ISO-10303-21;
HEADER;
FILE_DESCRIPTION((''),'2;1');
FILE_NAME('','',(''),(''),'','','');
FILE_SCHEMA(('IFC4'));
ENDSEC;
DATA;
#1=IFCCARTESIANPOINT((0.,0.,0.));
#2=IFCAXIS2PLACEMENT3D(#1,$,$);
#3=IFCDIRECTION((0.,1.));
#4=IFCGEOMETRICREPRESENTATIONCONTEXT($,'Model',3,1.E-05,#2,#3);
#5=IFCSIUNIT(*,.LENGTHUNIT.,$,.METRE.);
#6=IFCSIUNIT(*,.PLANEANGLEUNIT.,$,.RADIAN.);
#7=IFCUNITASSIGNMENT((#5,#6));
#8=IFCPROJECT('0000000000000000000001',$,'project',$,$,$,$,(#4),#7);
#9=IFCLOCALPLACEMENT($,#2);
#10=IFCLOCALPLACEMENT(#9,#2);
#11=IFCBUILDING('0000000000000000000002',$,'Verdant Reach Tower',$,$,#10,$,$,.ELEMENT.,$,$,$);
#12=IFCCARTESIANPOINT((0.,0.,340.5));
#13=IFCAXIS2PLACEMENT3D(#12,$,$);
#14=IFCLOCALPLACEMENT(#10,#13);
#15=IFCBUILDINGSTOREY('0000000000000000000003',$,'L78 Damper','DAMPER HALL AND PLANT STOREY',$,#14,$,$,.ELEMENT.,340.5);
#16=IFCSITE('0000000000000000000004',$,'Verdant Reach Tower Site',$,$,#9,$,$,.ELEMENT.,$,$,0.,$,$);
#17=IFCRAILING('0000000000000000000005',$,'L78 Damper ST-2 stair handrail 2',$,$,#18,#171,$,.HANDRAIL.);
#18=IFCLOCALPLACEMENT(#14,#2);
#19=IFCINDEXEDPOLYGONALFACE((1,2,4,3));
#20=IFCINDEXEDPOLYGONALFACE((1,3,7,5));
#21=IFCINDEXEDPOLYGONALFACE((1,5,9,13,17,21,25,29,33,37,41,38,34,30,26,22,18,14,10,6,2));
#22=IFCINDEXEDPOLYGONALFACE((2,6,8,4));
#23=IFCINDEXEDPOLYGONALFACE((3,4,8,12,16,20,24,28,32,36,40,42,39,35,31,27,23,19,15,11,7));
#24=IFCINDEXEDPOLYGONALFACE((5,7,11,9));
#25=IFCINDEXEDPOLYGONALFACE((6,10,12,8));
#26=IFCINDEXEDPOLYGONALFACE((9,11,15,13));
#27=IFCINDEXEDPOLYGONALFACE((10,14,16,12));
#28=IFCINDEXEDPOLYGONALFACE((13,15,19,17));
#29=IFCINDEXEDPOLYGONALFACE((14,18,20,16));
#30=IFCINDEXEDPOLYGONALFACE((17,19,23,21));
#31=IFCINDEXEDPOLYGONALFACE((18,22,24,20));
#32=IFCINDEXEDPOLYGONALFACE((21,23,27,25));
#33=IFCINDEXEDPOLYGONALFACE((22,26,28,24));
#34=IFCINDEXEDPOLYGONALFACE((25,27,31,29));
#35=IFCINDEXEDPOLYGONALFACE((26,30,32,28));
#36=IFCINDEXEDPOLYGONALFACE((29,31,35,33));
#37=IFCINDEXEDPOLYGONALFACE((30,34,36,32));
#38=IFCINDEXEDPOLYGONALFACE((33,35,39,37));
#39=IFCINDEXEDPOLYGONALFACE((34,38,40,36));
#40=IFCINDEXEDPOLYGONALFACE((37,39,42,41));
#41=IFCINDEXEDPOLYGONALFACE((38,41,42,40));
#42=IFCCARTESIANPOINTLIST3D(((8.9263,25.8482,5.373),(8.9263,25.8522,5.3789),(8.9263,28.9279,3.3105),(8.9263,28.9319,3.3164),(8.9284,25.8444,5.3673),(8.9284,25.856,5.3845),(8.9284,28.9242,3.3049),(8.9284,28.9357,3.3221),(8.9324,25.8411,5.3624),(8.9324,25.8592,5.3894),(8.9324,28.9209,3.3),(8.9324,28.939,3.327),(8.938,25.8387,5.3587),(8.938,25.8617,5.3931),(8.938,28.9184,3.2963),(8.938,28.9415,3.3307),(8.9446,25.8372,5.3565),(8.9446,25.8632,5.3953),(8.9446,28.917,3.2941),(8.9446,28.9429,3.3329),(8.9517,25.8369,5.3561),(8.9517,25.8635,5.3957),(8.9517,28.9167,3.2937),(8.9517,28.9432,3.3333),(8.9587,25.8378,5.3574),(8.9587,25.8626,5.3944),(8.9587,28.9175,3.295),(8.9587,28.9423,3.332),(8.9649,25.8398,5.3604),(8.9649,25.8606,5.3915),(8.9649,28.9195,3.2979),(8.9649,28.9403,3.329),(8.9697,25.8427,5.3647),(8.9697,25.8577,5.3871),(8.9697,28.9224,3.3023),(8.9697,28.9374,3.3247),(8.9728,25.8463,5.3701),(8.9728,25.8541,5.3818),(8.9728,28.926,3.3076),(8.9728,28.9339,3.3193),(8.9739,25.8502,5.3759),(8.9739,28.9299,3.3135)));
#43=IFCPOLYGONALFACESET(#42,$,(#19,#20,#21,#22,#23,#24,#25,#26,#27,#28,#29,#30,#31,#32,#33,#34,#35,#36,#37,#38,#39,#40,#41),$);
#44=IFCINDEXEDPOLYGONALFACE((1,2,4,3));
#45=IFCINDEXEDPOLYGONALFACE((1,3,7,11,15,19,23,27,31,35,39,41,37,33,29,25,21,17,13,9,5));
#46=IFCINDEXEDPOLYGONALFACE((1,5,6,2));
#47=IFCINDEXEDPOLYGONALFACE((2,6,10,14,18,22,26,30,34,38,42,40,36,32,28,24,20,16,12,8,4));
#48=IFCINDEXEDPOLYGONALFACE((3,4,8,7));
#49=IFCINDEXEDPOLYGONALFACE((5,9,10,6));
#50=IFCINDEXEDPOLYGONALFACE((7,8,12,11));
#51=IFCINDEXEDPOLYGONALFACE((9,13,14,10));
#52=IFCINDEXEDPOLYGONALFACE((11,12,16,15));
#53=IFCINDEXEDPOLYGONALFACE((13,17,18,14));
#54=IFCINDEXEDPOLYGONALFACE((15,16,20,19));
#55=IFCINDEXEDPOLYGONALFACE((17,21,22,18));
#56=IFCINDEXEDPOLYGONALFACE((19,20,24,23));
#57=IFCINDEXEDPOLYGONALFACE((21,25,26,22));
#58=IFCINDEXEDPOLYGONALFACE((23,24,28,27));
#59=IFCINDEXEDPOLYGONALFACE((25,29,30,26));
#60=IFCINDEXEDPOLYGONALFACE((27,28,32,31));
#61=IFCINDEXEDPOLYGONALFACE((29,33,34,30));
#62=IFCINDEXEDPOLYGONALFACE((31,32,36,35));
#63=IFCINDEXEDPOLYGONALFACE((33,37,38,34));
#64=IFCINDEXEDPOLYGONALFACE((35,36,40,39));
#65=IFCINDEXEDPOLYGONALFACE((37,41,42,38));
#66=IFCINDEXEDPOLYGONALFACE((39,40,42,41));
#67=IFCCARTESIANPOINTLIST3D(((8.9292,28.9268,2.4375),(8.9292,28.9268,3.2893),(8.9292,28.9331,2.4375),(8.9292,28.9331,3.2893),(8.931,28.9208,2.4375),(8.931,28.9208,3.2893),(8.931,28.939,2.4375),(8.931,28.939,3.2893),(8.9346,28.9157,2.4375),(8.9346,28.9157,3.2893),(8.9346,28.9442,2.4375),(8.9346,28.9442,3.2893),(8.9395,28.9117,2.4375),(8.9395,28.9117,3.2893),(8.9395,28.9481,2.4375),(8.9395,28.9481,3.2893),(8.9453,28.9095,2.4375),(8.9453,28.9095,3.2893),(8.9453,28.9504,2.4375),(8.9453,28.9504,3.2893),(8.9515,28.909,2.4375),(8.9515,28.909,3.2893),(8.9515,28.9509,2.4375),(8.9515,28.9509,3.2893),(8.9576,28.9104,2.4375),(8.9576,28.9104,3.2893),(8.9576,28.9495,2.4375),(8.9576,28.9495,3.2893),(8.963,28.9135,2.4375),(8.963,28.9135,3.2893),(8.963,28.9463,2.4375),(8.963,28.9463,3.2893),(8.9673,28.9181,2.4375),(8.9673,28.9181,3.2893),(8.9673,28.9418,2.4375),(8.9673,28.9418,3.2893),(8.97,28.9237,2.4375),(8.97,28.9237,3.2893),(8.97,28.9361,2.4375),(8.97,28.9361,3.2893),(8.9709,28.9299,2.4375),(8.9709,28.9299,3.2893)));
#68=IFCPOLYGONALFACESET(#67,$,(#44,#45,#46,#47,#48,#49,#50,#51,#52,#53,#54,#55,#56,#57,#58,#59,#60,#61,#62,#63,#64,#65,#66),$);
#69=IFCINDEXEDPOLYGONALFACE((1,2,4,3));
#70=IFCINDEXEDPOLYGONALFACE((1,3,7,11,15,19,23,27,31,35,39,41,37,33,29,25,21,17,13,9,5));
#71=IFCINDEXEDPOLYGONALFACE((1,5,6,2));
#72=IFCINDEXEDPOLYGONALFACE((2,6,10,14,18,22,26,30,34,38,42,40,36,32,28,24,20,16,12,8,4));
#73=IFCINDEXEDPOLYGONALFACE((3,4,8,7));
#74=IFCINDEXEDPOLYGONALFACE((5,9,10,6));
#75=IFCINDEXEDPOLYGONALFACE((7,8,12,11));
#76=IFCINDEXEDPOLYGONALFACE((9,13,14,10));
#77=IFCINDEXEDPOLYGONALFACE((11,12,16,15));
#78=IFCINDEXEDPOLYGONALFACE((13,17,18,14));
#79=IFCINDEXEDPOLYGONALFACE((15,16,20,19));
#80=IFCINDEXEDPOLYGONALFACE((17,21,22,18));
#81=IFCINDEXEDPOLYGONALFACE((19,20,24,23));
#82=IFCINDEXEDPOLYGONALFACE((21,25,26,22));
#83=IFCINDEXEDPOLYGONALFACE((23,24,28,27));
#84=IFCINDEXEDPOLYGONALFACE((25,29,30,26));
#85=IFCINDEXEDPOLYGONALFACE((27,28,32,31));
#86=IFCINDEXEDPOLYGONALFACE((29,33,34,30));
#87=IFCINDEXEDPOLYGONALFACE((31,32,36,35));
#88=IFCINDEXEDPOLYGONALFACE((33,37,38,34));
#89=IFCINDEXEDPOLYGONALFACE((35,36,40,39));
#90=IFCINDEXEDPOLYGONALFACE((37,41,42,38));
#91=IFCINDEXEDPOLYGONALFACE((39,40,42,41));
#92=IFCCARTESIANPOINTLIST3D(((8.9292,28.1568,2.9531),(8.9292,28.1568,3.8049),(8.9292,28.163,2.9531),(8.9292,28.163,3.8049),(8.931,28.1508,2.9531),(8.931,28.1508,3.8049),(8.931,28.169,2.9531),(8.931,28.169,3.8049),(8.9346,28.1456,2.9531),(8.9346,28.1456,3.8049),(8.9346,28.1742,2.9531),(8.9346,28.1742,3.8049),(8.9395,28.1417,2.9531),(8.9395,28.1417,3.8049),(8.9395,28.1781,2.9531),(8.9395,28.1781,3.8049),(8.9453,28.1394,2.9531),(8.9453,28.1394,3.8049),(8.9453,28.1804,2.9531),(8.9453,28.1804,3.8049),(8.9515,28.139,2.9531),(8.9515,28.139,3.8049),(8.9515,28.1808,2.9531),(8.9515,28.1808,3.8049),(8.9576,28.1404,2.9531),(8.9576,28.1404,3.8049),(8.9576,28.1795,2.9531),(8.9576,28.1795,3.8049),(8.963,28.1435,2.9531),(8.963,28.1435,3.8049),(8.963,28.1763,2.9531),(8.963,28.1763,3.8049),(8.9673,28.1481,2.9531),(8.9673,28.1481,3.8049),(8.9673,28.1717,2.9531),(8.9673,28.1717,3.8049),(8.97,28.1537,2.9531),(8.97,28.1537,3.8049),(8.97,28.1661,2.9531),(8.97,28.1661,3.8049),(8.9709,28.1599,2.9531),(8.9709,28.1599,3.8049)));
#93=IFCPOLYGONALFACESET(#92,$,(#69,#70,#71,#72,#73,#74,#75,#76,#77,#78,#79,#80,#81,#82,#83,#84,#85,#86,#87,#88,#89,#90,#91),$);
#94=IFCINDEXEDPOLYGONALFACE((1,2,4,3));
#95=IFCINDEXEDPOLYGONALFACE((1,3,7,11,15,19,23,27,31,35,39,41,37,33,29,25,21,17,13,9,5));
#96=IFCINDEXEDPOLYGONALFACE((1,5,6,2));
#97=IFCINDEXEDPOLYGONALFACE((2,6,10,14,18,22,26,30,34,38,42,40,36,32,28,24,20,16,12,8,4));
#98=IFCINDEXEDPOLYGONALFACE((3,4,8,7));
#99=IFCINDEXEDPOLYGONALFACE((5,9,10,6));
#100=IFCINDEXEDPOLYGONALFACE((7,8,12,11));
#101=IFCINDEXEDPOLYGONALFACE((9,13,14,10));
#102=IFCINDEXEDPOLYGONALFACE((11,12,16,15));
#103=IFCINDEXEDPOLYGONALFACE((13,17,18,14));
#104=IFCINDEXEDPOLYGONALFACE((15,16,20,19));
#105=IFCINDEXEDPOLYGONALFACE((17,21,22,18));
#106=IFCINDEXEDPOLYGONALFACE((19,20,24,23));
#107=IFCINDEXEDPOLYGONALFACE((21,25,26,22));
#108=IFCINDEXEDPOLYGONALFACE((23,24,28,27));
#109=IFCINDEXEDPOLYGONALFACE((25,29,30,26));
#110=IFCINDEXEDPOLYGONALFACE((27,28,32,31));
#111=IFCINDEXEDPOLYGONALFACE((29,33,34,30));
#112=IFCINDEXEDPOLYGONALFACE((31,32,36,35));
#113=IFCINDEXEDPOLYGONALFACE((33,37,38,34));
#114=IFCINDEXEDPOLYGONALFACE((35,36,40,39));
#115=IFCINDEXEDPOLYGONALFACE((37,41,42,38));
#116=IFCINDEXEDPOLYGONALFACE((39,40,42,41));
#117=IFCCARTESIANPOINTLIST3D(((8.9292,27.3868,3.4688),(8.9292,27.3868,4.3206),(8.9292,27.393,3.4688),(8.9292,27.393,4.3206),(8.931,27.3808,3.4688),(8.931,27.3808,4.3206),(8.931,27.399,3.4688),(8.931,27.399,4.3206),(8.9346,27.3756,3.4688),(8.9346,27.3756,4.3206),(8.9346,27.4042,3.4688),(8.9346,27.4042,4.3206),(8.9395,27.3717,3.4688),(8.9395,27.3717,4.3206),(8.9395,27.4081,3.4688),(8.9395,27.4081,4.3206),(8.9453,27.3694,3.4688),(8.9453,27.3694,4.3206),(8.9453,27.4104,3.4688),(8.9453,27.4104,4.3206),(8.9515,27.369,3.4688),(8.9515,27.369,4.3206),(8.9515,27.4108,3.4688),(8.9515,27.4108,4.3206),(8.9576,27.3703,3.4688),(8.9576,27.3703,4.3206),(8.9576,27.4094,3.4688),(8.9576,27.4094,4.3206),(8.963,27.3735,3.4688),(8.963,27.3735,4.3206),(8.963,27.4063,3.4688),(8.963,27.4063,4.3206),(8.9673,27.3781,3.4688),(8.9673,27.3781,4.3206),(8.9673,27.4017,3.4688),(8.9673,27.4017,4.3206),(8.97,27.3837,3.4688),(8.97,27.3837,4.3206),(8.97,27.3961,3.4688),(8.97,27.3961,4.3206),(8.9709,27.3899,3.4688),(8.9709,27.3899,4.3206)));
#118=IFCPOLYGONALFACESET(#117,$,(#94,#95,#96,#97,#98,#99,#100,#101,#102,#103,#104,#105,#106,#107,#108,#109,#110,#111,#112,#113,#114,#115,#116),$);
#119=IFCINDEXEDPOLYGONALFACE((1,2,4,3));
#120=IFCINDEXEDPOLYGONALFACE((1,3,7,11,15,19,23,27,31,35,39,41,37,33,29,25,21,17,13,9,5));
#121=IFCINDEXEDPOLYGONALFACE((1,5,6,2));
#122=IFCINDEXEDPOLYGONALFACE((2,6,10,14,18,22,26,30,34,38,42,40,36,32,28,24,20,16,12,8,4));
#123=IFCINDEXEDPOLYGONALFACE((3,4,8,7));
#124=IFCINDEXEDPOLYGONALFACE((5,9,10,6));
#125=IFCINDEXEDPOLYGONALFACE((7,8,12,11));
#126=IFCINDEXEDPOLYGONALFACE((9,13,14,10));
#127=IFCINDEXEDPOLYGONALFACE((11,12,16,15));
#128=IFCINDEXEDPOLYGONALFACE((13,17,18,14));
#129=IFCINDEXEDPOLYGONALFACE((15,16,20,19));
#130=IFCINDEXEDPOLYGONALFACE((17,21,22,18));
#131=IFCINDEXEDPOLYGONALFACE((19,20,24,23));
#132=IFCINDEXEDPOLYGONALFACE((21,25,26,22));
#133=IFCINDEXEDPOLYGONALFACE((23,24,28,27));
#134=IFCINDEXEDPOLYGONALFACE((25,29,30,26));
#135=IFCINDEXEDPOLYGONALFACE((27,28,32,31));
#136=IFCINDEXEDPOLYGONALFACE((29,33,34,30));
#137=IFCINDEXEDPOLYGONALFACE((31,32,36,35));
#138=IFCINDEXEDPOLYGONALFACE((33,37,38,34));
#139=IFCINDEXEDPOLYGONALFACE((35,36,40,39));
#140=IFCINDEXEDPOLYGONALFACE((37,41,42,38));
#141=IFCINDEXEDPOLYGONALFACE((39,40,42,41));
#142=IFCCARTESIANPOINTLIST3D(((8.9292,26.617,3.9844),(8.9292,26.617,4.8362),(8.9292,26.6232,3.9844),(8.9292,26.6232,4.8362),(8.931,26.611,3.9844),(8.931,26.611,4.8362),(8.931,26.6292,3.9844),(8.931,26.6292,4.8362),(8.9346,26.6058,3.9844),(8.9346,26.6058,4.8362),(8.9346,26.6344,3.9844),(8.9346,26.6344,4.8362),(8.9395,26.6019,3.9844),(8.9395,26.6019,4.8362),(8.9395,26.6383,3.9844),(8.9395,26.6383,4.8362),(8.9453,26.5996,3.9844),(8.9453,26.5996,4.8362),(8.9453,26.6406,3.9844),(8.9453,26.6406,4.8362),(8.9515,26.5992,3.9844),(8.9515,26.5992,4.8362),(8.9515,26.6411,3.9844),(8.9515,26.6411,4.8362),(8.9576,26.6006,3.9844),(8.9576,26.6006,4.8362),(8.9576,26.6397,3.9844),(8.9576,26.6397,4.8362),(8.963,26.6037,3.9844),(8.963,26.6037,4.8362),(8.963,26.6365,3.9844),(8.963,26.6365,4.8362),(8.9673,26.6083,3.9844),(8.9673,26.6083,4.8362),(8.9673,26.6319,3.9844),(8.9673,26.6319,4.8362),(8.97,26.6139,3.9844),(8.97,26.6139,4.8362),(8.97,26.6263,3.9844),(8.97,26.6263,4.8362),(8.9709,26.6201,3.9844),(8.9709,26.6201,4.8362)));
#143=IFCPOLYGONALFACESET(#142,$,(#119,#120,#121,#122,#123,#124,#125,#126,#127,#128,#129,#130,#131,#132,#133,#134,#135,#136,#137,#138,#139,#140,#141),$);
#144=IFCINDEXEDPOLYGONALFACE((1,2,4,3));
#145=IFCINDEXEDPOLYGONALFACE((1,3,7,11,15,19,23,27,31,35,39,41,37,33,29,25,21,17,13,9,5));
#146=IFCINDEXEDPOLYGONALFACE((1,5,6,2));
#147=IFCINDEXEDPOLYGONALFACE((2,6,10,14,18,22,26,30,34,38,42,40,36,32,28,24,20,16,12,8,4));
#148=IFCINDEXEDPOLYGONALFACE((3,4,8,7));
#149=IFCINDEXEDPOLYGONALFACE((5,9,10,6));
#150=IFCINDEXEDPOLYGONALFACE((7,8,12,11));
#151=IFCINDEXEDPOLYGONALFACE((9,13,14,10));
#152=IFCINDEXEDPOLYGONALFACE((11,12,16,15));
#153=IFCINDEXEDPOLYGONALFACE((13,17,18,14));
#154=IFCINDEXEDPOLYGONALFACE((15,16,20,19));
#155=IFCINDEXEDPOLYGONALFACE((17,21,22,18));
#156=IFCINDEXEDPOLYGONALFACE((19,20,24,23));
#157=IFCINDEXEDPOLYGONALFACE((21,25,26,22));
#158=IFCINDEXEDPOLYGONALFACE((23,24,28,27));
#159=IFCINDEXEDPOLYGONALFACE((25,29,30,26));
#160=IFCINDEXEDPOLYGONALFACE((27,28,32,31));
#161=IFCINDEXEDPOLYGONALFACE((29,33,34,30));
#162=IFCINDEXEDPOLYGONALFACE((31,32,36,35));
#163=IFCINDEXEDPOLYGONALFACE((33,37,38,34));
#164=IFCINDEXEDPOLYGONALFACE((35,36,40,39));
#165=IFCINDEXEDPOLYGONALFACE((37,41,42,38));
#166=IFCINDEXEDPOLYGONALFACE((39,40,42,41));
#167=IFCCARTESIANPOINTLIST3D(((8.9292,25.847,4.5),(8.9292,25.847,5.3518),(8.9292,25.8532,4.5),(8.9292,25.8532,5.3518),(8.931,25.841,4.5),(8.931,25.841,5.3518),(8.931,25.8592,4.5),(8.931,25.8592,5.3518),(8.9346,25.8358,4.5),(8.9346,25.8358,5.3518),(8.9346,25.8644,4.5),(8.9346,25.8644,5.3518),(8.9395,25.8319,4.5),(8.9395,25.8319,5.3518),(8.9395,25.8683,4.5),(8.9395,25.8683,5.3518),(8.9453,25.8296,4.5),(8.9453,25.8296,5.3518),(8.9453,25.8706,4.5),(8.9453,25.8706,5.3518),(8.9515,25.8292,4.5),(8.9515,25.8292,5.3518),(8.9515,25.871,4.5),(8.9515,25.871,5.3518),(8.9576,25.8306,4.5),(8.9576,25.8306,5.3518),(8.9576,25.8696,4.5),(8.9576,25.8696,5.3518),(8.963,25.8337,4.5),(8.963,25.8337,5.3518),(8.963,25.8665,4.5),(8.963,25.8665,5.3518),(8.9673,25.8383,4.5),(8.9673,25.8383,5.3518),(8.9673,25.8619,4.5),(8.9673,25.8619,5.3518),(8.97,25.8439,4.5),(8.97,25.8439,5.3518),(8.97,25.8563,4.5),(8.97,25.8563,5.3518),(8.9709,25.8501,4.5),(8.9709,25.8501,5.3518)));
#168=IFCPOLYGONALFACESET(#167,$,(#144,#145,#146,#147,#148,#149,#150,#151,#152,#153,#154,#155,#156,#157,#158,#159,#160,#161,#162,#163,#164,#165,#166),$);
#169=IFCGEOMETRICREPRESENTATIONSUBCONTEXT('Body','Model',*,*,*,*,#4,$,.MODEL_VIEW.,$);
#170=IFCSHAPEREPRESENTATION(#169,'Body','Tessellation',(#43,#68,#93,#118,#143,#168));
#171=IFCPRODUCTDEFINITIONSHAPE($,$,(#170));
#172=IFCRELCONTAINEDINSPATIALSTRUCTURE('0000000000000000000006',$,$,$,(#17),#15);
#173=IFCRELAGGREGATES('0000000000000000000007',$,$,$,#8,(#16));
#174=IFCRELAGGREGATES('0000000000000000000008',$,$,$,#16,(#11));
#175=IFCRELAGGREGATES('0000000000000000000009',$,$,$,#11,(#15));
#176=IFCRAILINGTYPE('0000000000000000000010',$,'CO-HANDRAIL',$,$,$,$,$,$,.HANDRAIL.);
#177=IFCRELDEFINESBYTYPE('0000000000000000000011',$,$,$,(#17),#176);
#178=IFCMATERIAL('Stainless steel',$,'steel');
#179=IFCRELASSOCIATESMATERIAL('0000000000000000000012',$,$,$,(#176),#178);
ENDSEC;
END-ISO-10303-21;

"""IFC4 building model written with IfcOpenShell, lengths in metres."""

from ifc_helpers import new_model, si_unit, direction, frame, origin, origin_2d, place, context, subcontext, project, spatial, circle, extrude, material, type_object, element, save


model = new_model("IFC4")

# Units and contexts
model_context = context("Model", 3, precision=1e-05, world=origin(), true_north=direction((0.0, 1.0)))
body_context = subcontext(model_context, "Body", "Model", "MODEL_VIEW")
ifc_project = project(units=[si_unit("LENGTHUNIT", "METRE"), si_unit("PLANEANGLEUNIT", "RADIAN")], contexts=[model_context])

# Site, building, storey
site_placement = place(None, origin())
site = spatial("IfcSite", under=ifc_project, at=site_placement, Name="Verdant Reach Tower Site", CompositionType="ELEMENT", RefElevation=0.0)
building_placement = place(site_placement, origin())
building = spatial("IfcBuilding", under=site, at=building_placement, Name="Verdant Reach Tower", CompositionType="ELEMENT")
storey_placement = place(building_placement, frame((0.0, 0.0, 340.5)))
storey = spatial("IfcBuildingStorey", under=building, at=storey_placement, Name="L78 Damper", Description="DAMPER HALL AND PLANT STOREY", CompositionType="ELEMENT", Elevation=340.5)

# Railing
ifc_material_1 = material(Name="Stainless steel", Category="steel")
railing_type = type_object("IfcRailingType", Name="CO-HANDRAIL", PredefinedType="HANDRAIL", material=ifc_material_1)
railing_1_placement = place(storey_placement, frame((8.95, 28.9299, 2.4375)))
element("IfcRailing", 1, at=railing_1_placement, inside=storey, type_object=railing_type, Name="L78 Damper ST-2 stair handrail 2", PredefinedType="HANDRAIL", context=body_context, shape_type="SweptSolid", body=[
    extrude(circle(Radius=0.0239, at=origin_2d()), frame((0.0, 0.0, 0.876), z_axis=(0.0, -0.830893, 0.556432), x_axis=(1.0, 0.0, 0.0)), (0.0, 0.0, 1.0), 3.7065),
    extrude(circle(Radius=0.021, at=origin_2d()), origin(), (0.0, 0.0, 1.0), 0.8518),
    extrude(circle(Radius=0.021, at=origin_2d()), frame((0.0, -0.77, 0.5156)), (0.0, 0.0, 1.0), 0.8518),
    extrude(circle(Radius=0.021, at=origin_2d()), frame((0.0, -1.54, 1.0312)), (0.0, 0.0, 1.0), 0.8518),
    extrude(circle(Radius=0.021, at=origin_2d()), frame((0.0, -2.3098, 1.5469)), (0.0, 0.0, 1.0), 0.8518),
    extrude(circle(Radius=0.021, at=origin_2d()), frame((0.0, -3.0798, 2.0625)), (0.0, 0.0, 1.0), 0.8518),
])

save(model, "model.ifc")
